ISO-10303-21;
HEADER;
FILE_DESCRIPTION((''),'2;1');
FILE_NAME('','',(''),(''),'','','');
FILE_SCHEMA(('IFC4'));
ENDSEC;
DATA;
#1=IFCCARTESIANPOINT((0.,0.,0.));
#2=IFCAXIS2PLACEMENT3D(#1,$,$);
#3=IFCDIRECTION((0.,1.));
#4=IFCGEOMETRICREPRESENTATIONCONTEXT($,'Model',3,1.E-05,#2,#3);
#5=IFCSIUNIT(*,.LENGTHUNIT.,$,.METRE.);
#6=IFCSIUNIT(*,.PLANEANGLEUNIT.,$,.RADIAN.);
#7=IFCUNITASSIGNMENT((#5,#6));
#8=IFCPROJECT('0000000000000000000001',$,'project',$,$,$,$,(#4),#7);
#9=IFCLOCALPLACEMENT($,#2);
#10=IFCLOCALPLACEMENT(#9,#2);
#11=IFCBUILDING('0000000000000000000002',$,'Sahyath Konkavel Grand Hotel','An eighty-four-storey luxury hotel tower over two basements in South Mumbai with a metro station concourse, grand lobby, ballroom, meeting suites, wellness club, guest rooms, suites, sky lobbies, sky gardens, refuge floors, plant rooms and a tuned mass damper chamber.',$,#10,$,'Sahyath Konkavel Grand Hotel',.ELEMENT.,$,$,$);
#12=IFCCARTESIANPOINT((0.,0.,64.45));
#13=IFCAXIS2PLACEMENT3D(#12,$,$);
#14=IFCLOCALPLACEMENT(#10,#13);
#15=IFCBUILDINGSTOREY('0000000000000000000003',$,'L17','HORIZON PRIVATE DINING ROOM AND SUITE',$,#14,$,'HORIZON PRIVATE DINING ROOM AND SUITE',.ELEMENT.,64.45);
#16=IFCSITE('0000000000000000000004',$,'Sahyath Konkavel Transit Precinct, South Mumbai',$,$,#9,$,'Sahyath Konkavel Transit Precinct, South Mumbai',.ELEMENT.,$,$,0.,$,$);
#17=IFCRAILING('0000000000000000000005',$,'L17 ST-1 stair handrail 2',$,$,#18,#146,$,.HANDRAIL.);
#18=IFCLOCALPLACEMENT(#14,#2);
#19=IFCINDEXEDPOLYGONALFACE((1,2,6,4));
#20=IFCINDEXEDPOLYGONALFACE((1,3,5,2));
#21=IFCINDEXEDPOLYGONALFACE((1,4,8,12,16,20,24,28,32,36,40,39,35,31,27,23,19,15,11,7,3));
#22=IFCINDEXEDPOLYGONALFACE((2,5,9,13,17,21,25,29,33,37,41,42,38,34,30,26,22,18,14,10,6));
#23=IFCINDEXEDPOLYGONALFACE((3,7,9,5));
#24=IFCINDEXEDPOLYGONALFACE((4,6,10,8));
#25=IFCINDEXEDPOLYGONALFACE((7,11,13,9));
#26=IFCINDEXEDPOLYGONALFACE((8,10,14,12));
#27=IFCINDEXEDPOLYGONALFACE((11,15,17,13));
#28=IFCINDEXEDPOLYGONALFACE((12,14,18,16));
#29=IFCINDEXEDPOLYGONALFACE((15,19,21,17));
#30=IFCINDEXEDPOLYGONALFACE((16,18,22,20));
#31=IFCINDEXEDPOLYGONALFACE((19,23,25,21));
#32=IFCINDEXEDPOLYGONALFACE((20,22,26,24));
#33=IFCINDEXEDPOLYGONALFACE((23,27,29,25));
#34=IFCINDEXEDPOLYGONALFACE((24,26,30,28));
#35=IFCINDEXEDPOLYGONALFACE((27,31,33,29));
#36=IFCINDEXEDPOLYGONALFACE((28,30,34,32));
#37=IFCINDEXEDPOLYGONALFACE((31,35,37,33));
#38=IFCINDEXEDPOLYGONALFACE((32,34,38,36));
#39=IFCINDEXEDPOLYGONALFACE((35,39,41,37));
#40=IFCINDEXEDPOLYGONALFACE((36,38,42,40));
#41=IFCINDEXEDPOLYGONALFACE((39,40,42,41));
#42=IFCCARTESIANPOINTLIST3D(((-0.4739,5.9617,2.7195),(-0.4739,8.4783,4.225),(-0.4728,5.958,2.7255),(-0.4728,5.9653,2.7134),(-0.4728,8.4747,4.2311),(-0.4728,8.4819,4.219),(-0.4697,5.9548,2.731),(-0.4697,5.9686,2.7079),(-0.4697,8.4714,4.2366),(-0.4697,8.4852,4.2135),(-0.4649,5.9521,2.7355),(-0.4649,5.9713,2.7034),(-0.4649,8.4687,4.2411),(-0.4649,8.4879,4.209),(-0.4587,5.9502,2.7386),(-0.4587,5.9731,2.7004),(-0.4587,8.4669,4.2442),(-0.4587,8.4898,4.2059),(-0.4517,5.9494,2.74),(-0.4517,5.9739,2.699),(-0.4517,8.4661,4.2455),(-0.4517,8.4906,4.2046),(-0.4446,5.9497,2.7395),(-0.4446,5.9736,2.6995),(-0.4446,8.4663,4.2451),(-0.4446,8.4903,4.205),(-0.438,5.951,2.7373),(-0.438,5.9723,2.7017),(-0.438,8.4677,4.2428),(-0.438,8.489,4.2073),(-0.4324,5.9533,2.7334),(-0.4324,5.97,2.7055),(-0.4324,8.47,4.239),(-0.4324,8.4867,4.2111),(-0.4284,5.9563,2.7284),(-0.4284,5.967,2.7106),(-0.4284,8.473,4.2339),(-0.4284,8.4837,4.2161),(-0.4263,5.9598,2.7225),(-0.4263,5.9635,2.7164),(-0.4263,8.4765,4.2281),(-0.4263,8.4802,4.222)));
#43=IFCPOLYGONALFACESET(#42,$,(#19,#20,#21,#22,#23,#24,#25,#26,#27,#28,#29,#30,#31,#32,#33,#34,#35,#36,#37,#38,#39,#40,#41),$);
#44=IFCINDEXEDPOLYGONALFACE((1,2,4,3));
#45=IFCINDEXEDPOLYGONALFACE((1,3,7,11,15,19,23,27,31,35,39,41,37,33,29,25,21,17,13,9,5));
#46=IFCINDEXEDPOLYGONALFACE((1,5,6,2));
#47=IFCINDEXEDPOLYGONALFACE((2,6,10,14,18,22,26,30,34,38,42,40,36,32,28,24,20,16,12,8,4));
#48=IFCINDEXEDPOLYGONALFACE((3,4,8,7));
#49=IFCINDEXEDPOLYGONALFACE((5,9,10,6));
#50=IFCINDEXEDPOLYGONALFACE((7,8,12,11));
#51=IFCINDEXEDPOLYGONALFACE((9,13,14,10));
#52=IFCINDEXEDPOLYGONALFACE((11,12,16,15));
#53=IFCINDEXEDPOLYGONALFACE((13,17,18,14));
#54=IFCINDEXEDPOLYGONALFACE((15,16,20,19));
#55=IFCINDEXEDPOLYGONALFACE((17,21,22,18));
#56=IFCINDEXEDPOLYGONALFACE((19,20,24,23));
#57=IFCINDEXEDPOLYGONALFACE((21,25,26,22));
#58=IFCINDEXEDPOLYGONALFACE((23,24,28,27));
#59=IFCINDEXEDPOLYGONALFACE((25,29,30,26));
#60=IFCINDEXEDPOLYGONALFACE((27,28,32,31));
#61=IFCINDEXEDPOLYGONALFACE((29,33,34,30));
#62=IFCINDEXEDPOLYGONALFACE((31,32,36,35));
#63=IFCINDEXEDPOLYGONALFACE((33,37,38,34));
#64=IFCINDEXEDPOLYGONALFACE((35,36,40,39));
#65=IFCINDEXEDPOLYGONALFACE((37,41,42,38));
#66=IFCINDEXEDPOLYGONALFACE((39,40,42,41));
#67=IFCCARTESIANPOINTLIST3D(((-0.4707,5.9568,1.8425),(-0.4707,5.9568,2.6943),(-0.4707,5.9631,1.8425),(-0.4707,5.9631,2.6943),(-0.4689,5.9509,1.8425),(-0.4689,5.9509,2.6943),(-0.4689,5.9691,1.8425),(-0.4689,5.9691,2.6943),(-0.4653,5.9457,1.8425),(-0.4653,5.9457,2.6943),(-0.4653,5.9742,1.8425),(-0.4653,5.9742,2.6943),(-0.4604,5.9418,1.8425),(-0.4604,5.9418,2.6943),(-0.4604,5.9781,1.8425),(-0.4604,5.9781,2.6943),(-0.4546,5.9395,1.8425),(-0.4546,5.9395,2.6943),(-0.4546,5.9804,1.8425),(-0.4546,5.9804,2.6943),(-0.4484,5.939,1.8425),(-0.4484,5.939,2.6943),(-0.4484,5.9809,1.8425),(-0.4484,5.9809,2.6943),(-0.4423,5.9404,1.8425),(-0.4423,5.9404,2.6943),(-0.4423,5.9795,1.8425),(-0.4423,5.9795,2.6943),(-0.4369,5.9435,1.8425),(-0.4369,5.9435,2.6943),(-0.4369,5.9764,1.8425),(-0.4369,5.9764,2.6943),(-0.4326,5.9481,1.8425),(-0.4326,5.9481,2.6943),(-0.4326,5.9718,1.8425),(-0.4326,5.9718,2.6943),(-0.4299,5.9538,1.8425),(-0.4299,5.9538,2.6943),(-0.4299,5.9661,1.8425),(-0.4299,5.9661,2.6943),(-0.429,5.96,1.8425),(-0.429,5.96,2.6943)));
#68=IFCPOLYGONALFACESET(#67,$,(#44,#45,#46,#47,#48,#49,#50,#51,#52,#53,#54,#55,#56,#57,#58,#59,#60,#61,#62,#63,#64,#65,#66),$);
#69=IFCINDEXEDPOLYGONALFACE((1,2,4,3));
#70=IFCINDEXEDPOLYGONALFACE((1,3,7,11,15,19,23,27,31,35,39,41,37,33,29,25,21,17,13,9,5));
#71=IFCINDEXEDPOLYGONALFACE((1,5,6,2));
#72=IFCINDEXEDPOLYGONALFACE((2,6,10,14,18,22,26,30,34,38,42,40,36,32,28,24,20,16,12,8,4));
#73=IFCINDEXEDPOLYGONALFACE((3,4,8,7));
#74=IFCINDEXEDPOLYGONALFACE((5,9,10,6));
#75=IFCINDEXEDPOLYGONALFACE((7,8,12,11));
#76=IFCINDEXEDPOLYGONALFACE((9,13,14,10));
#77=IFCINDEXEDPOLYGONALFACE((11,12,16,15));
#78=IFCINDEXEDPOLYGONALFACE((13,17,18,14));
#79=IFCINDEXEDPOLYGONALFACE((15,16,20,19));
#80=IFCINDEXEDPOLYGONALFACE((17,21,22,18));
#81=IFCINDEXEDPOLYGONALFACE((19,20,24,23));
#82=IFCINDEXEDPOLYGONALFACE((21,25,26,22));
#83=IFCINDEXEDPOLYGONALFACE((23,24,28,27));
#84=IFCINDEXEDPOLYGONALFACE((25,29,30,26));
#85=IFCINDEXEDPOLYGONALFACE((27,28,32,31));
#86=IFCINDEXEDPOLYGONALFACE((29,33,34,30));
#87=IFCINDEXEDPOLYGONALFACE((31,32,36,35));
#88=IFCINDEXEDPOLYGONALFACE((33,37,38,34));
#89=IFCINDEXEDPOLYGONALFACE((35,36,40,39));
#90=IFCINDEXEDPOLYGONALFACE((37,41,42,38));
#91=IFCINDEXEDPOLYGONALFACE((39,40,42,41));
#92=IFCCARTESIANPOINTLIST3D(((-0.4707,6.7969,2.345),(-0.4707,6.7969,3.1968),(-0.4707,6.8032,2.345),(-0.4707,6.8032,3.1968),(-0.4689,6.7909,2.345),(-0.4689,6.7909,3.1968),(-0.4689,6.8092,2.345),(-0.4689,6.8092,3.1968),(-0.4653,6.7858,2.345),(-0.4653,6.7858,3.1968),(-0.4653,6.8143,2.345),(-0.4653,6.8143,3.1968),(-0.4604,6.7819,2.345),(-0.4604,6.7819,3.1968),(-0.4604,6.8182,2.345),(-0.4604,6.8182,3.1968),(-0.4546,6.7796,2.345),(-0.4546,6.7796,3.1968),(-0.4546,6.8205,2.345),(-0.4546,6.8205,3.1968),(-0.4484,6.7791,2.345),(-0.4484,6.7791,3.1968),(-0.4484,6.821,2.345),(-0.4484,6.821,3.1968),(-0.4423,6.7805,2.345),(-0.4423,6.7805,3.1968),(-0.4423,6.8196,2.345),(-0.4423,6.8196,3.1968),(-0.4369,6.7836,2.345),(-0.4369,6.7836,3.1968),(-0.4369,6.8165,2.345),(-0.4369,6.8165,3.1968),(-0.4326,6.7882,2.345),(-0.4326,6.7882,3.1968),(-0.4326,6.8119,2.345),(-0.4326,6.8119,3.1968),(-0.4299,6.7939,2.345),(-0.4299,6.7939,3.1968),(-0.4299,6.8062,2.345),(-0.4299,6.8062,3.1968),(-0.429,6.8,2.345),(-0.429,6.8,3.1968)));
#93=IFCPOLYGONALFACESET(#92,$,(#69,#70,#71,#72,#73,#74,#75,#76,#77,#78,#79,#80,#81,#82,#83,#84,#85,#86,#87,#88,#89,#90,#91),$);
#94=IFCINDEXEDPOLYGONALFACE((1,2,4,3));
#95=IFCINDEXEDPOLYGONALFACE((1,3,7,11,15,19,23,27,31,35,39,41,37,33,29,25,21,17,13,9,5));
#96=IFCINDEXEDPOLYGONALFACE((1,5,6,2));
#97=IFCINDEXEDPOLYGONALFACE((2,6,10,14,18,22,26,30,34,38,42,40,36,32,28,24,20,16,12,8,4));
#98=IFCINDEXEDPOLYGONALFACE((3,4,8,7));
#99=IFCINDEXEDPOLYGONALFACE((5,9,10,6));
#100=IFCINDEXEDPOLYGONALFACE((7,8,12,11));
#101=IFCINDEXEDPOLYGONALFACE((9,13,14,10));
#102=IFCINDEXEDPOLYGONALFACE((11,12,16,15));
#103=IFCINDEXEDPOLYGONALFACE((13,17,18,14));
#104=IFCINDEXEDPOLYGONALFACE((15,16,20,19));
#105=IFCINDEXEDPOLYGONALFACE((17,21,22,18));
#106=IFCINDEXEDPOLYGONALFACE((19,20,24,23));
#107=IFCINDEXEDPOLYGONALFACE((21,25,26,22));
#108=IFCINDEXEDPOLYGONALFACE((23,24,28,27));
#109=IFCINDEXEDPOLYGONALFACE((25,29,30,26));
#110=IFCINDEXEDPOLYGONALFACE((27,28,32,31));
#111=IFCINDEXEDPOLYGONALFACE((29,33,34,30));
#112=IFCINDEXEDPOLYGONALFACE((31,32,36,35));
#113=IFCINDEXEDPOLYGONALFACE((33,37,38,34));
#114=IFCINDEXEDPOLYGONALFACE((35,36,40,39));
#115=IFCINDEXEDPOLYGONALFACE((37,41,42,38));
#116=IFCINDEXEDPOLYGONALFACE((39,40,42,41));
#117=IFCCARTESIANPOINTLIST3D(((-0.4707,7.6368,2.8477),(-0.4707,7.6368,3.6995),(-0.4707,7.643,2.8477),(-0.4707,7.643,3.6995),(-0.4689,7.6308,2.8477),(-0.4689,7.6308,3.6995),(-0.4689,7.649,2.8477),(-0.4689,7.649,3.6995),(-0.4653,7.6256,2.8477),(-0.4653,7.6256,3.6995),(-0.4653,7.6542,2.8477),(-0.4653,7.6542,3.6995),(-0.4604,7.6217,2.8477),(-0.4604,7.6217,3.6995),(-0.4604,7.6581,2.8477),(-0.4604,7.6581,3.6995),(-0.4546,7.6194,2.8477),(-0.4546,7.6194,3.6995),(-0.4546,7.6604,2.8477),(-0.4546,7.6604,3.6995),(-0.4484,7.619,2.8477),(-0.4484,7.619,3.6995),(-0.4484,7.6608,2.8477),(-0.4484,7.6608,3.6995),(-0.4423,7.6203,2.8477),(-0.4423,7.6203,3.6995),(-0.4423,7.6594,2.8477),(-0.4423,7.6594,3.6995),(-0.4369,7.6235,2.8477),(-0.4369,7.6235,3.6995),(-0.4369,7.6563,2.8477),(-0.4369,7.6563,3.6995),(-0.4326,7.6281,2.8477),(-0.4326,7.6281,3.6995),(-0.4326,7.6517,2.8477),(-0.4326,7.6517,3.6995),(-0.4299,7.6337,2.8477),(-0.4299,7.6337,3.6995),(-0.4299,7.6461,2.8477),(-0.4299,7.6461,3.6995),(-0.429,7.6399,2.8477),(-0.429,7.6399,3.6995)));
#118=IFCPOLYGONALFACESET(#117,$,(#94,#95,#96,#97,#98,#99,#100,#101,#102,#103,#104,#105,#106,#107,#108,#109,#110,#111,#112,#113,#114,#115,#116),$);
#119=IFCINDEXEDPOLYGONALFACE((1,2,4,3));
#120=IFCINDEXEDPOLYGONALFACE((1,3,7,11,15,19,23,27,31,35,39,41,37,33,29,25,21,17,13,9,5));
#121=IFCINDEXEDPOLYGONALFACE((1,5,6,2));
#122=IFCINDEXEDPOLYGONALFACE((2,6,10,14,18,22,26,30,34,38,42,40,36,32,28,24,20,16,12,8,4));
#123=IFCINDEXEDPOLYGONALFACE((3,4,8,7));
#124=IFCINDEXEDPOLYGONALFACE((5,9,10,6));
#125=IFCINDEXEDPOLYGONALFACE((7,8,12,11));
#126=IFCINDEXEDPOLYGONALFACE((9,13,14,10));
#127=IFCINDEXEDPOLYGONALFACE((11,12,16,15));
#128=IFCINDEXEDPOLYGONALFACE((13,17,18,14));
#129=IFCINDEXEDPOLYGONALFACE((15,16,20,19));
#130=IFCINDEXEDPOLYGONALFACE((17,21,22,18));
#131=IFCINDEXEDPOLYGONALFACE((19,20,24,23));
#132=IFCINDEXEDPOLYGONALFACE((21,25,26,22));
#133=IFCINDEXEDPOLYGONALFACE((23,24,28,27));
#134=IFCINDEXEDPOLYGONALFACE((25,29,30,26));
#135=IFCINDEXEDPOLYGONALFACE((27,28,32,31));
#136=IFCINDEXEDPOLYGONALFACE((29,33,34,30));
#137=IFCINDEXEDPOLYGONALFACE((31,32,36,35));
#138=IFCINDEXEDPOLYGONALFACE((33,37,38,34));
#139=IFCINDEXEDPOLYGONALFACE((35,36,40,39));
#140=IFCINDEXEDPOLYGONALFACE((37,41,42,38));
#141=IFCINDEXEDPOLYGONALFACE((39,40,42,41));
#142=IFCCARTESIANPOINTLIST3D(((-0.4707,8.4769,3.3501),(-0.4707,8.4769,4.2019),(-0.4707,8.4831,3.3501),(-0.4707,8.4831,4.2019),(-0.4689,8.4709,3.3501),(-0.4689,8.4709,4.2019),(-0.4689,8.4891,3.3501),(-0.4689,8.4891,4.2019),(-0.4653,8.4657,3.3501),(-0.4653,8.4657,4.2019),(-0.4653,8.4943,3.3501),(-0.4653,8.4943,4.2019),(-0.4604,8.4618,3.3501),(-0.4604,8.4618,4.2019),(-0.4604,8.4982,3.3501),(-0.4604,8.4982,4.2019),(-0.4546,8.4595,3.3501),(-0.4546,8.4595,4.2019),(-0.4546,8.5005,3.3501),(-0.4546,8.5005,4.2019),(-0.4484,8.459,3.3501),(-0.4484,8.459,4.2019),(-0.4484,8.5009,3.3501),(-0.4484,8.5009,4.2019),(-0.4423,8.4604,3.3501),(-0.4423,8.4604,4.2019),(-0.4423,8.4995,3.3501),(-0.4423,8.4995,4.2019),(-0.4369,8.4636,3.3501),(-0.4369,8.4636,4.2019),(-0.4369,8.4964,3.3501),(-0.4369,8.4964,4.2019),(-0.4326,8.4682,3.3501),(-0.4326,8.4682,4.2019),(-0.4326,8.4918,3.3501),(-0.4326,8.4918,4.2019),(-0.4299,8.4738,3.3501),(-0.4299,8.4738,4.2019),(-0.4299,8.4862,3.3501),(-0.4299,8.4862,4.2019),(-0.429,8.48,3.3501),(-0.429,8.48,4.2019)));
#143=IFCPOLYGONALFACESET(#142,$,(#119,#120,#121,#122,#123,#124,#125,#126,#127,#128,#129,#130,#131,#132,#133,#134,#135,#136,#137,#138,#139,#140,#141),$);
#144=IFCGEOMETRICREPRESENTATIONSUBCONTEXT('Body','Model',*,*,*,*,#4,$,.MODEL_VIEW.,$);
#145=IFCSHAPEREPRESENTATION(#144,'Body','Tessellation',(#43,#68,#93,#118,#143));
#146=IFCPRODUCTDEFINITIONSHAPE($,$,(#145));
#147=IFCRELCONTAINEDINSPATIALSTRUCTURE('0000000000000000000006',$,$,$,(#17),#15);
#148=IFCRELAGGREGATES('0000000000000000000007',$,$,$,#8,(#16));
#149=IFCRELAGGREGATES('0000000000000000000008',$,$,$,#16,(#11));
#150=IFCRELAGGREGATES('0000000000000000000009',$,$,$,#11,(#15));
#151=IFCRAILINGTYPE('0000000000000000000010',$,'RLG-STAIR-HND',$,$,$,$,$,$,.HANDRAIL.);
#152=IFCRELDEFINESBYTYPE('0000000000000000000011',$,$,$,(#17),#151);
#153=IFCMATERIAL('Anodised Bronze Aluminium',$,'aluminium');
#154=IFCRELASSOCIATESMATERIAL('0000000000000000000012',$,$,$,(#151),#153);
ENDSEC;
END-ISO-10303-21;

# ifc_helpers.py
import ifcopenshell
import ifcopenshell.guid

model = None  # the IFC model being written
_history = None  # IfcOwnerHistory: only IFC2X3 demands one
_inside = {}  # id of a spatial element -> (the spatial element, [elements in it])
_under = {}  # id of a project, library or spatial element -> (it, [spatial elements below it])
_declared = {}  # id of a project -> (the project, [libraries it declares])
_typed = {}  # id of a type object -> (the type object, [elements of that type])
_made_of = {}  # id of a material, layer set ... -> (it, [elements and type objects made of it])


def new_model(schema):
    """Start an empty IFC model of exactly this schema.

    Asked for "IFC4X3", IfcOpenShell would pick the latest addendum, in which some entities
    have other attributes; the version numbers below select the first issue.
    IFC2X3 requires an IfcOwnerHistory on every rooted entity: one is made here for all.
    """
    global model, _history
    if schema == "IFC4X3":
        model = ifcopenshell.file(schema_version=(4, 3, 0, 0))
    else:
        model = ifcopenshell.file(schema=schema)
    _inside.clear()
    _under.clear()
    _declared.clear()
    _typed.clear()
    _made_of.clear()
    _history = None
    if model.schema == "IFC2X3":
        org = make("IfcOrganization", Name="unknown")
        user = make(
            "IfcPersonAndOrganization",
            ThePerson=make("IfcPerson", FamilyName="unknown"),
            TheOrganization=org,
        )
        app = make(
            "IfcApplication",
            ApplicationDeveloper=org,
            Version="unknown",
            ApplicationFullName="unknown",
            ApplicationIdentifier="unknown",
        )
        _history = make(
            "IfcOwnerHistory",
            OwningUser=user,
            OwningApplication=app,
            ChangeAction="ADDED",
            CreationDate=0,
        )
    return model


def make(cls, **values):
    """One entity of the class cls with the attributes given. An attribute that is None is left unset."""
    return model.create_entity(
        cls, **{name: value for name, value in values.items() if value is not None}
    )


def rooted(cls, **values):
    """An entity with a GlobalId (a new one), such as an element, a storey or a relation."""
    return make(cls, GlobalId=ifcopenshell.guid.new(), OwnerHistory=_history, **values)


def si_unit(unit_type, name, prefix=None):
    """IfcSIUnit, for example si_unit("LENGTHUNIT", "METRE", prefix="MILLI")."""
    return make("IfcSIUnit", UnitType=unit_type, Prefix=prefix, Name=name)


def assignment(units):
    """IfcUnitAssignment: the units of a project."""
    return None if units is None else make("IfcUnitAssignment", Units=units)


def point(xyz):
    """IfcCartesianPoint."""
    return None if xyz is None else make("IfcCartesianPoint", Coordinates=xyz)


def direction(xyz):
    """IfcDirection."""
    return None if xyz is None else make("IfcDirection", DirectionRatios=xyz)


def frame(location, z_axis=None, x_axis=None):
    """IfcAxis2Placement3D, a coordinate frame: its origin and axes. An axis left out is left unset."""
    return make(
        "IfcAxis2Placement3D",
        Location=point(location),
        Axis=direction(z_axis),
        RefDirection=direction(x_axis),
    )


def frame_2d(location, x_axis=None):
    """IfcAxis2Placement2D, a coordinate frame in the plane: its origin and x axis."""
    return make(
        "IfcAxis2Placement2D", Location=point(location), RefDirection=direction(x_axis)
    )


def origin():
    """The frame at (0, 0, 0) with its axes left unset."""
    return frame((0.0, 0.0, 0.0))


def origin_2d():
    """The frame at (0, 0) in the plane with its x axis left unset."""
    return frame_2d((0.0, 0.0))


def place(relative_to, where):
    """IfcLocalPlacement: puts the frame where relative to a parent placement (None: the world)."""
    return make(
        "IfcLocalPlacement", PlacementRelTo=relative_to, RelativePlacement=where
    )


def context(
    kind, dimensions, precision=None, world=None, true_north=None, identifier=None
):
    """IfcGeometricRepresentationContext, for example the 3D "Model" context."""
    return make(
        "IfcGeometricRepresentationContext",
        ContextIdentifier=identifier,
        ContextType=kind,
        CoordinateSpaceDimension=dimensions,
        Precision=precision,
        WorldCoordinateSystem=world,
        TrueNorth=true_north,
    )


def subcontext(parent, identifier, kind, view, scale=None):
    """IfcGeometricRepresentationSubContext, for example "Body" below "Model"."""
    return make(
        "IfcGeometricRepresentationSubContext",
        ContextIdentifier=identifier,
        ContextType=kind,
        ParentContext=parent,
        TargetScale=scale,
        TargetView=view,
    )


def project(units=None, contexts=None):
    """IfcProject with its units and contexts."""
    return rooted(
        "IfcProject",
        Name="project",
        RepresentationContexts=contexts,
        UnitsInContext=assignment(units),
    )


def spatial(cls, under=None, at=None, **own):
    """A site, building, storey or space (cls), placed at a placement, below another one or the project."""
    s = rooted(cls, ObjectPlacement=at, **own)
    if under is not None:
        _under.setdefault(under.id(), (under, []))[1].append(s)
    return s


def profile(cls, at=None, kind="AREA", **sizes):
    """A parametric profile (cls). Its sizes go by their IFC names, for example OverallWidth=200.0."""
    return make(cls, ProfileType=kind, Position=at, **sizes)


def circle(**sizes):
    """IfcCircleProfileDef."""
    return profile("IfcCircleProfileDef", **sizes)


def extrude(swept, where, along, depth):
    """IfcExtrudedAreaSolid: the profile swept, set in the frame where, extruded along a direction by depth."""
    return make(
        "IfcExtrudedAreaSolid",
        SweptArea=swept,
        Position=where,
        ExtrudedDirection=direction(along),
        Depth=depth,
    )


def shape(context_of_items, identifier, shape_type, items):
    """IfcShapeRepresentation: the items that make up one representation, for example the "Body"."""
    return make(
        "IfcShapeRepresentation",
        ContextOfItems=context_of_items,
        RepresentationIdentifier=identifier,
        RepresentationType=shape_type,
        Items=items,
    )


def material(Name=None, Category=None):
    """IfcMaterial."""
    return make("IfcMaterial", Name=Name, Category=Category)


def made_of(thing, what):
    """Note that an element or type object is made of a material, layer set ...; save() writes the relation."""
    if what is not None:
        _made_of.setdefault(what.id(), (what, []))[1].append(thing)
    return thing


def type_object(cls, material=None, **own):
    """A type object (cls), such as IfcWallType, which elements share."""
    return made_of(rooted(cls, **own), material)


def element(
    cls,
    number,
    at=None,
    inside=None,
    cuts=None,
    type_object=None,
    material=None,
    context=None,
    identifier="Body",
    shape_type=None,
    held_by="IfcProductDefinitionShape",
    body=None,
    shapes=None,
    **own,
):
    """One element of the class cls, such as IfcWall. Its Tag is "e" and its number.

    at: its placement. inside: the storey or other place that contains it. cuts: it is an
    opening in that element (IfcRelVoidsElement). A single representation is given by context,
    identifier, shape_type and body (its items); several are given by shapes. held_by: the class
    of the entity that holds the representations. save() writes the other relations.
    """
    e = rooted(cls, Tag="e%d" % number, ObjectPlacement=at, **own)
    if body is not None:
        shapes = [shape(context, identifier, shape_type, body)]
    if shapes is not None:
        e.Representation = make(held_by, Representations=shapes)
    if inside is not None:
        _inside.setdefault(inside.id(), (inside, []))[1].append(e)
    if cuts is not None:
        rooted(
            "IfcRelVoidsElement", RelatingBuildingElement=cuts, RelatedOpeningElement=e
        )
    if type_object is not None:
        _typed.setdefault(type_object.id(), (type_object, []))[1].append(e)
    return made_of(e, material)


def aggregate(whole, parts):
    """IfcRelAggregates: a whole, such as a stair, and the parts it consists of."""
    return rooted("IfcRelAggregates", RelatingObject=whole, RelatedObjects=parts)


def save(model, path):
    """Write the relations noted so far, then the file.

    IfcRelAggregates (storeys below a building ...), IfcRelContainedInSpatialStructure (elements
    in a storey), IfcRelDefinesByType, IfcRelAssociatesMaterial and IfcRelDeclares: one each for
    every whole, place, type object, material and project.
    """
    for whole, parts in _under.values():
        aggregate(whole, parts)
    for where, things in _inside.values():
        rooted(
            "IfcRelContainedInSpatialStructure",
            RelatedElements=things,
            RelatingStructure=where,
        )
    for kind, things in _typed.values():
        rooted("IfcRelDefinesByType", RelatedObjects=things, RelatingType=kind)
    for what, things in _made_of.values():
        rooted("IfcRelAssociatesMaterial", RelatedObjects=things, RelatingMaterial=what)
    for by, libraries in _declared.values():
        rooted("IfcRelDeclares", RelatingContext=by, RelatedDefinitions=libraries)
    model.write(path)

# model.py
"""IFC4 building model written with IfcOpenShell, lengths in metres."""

from ifc_helpers import new_model, si_unit, direction, frame, origin, origin_2d, place, context, subcontext, project, spatial, circle, extrude, material, type_object, element, save


model = new_model("IFC4")

# Units and contexts
model_context = context("Model", 3, precision=1e-05, world=origin(), true_north=direction((0.0, 1.0)))
body_context = subcontext(model_context, "Body", "Model", "MODEL_VIEW")
ifc_project = project(units=[si_unit("LENGTHUNIT", "METRE"), si_unit("PLANEANGLEUNIT", "RADIAN")], contexts=[model_context])

# Site, building, storey
site_placement = place(None, origin())
site = spatial("IfcSite", under=ifc_project, at=site_placement, Name="Sahyath Konkavel Transit Precinct, South Mumbai", LongName="Sahyath Konkavel Transit Precinct, South Mumbai", CompositionType="ELEMENT", RefElevation=0.0)
building_placement = place(site_placement, origin())
building = spatial("IfcBuilding", under=site, at=building_placement, Name="Sahyath Konkavel Grand Hotel", Description="An eighty-four-storey luxury hotel tower over two basements in South Mumbai with a metro station concourse, grand lobby, ballroom, meeting suites, wellness club, guest rooms, suites, sky lobbies, sky gardens, refuge floors, plant rooms and a tuned mass damper chamber.", LongName="Sahyath Konkavel Grand Hotel", CompositionType="ELEMENT")
storey_placement = place(building_placement, frame((0.0, 0.0, 64.45)))
storey = spatial("IfcBuildingStorey", under=building, at=storey_placement, Name="L17", Description="HORIZON PRIVATE DINING ROOM AND SUITE", LongName="HORIZON PRIVATE DINING ROOM AND SUITE", CompositionType="ELEMENT", Elevation=64.45)

# Railing
ifc_material_1 = material(Name="Anodised Bronze Aluminium", Category="aluminium")
railing_type_1 = type_object("IfcRailingType", Name="RLG-STAIR-HND", PredefinedType="HANDRAIL", material=ifc_material_1)
railing_1_placement = place(storey_placement, frame((-0.45, 5.96, 1.8425)))
element("IfcRailing", 1, at=railing_1_placement, inside=storey, type_object=railing_type_1, Name="L17 ST-1 stair handrail 2", PredefinedType="HANDRAIL", context=body_context, shape_type="SweptSolid", body=[
    extrude(circle(Radius=0.0239, at=origin_2d()), frame((0.0, 0.0017, 0.877), z_axis=(0.0, 0.85816, 0.513383), x_axis=(-1.0, 0.0, 0.0)), (0.0, 0.0, 1.0), 2.9326),
    extrude(circle(Radius=0.021, at=origin_2d()), origin(), (0.0, 0.0, 1.0), 0.8518),
    extrude(circle(Radius=0.021, at=origin_2d()), frame((0.0, 0.8401, 0.5024)), (0.0, 0.0, 1.0), 0.8518),
    extrude(circle(Radius=0.021, at=origin_2d()), frame((0.0, 1.6799, 1.0051)), (0.0, 0.0, 1.0), 0.8518),
    extrude(circle(Radius=0.021, at=origin_2d()), frame((0.0, 2.52, 1.5076)), (0.0, 0.0, 1.0), 0.8518),
])

save(model, "model.ifc")
